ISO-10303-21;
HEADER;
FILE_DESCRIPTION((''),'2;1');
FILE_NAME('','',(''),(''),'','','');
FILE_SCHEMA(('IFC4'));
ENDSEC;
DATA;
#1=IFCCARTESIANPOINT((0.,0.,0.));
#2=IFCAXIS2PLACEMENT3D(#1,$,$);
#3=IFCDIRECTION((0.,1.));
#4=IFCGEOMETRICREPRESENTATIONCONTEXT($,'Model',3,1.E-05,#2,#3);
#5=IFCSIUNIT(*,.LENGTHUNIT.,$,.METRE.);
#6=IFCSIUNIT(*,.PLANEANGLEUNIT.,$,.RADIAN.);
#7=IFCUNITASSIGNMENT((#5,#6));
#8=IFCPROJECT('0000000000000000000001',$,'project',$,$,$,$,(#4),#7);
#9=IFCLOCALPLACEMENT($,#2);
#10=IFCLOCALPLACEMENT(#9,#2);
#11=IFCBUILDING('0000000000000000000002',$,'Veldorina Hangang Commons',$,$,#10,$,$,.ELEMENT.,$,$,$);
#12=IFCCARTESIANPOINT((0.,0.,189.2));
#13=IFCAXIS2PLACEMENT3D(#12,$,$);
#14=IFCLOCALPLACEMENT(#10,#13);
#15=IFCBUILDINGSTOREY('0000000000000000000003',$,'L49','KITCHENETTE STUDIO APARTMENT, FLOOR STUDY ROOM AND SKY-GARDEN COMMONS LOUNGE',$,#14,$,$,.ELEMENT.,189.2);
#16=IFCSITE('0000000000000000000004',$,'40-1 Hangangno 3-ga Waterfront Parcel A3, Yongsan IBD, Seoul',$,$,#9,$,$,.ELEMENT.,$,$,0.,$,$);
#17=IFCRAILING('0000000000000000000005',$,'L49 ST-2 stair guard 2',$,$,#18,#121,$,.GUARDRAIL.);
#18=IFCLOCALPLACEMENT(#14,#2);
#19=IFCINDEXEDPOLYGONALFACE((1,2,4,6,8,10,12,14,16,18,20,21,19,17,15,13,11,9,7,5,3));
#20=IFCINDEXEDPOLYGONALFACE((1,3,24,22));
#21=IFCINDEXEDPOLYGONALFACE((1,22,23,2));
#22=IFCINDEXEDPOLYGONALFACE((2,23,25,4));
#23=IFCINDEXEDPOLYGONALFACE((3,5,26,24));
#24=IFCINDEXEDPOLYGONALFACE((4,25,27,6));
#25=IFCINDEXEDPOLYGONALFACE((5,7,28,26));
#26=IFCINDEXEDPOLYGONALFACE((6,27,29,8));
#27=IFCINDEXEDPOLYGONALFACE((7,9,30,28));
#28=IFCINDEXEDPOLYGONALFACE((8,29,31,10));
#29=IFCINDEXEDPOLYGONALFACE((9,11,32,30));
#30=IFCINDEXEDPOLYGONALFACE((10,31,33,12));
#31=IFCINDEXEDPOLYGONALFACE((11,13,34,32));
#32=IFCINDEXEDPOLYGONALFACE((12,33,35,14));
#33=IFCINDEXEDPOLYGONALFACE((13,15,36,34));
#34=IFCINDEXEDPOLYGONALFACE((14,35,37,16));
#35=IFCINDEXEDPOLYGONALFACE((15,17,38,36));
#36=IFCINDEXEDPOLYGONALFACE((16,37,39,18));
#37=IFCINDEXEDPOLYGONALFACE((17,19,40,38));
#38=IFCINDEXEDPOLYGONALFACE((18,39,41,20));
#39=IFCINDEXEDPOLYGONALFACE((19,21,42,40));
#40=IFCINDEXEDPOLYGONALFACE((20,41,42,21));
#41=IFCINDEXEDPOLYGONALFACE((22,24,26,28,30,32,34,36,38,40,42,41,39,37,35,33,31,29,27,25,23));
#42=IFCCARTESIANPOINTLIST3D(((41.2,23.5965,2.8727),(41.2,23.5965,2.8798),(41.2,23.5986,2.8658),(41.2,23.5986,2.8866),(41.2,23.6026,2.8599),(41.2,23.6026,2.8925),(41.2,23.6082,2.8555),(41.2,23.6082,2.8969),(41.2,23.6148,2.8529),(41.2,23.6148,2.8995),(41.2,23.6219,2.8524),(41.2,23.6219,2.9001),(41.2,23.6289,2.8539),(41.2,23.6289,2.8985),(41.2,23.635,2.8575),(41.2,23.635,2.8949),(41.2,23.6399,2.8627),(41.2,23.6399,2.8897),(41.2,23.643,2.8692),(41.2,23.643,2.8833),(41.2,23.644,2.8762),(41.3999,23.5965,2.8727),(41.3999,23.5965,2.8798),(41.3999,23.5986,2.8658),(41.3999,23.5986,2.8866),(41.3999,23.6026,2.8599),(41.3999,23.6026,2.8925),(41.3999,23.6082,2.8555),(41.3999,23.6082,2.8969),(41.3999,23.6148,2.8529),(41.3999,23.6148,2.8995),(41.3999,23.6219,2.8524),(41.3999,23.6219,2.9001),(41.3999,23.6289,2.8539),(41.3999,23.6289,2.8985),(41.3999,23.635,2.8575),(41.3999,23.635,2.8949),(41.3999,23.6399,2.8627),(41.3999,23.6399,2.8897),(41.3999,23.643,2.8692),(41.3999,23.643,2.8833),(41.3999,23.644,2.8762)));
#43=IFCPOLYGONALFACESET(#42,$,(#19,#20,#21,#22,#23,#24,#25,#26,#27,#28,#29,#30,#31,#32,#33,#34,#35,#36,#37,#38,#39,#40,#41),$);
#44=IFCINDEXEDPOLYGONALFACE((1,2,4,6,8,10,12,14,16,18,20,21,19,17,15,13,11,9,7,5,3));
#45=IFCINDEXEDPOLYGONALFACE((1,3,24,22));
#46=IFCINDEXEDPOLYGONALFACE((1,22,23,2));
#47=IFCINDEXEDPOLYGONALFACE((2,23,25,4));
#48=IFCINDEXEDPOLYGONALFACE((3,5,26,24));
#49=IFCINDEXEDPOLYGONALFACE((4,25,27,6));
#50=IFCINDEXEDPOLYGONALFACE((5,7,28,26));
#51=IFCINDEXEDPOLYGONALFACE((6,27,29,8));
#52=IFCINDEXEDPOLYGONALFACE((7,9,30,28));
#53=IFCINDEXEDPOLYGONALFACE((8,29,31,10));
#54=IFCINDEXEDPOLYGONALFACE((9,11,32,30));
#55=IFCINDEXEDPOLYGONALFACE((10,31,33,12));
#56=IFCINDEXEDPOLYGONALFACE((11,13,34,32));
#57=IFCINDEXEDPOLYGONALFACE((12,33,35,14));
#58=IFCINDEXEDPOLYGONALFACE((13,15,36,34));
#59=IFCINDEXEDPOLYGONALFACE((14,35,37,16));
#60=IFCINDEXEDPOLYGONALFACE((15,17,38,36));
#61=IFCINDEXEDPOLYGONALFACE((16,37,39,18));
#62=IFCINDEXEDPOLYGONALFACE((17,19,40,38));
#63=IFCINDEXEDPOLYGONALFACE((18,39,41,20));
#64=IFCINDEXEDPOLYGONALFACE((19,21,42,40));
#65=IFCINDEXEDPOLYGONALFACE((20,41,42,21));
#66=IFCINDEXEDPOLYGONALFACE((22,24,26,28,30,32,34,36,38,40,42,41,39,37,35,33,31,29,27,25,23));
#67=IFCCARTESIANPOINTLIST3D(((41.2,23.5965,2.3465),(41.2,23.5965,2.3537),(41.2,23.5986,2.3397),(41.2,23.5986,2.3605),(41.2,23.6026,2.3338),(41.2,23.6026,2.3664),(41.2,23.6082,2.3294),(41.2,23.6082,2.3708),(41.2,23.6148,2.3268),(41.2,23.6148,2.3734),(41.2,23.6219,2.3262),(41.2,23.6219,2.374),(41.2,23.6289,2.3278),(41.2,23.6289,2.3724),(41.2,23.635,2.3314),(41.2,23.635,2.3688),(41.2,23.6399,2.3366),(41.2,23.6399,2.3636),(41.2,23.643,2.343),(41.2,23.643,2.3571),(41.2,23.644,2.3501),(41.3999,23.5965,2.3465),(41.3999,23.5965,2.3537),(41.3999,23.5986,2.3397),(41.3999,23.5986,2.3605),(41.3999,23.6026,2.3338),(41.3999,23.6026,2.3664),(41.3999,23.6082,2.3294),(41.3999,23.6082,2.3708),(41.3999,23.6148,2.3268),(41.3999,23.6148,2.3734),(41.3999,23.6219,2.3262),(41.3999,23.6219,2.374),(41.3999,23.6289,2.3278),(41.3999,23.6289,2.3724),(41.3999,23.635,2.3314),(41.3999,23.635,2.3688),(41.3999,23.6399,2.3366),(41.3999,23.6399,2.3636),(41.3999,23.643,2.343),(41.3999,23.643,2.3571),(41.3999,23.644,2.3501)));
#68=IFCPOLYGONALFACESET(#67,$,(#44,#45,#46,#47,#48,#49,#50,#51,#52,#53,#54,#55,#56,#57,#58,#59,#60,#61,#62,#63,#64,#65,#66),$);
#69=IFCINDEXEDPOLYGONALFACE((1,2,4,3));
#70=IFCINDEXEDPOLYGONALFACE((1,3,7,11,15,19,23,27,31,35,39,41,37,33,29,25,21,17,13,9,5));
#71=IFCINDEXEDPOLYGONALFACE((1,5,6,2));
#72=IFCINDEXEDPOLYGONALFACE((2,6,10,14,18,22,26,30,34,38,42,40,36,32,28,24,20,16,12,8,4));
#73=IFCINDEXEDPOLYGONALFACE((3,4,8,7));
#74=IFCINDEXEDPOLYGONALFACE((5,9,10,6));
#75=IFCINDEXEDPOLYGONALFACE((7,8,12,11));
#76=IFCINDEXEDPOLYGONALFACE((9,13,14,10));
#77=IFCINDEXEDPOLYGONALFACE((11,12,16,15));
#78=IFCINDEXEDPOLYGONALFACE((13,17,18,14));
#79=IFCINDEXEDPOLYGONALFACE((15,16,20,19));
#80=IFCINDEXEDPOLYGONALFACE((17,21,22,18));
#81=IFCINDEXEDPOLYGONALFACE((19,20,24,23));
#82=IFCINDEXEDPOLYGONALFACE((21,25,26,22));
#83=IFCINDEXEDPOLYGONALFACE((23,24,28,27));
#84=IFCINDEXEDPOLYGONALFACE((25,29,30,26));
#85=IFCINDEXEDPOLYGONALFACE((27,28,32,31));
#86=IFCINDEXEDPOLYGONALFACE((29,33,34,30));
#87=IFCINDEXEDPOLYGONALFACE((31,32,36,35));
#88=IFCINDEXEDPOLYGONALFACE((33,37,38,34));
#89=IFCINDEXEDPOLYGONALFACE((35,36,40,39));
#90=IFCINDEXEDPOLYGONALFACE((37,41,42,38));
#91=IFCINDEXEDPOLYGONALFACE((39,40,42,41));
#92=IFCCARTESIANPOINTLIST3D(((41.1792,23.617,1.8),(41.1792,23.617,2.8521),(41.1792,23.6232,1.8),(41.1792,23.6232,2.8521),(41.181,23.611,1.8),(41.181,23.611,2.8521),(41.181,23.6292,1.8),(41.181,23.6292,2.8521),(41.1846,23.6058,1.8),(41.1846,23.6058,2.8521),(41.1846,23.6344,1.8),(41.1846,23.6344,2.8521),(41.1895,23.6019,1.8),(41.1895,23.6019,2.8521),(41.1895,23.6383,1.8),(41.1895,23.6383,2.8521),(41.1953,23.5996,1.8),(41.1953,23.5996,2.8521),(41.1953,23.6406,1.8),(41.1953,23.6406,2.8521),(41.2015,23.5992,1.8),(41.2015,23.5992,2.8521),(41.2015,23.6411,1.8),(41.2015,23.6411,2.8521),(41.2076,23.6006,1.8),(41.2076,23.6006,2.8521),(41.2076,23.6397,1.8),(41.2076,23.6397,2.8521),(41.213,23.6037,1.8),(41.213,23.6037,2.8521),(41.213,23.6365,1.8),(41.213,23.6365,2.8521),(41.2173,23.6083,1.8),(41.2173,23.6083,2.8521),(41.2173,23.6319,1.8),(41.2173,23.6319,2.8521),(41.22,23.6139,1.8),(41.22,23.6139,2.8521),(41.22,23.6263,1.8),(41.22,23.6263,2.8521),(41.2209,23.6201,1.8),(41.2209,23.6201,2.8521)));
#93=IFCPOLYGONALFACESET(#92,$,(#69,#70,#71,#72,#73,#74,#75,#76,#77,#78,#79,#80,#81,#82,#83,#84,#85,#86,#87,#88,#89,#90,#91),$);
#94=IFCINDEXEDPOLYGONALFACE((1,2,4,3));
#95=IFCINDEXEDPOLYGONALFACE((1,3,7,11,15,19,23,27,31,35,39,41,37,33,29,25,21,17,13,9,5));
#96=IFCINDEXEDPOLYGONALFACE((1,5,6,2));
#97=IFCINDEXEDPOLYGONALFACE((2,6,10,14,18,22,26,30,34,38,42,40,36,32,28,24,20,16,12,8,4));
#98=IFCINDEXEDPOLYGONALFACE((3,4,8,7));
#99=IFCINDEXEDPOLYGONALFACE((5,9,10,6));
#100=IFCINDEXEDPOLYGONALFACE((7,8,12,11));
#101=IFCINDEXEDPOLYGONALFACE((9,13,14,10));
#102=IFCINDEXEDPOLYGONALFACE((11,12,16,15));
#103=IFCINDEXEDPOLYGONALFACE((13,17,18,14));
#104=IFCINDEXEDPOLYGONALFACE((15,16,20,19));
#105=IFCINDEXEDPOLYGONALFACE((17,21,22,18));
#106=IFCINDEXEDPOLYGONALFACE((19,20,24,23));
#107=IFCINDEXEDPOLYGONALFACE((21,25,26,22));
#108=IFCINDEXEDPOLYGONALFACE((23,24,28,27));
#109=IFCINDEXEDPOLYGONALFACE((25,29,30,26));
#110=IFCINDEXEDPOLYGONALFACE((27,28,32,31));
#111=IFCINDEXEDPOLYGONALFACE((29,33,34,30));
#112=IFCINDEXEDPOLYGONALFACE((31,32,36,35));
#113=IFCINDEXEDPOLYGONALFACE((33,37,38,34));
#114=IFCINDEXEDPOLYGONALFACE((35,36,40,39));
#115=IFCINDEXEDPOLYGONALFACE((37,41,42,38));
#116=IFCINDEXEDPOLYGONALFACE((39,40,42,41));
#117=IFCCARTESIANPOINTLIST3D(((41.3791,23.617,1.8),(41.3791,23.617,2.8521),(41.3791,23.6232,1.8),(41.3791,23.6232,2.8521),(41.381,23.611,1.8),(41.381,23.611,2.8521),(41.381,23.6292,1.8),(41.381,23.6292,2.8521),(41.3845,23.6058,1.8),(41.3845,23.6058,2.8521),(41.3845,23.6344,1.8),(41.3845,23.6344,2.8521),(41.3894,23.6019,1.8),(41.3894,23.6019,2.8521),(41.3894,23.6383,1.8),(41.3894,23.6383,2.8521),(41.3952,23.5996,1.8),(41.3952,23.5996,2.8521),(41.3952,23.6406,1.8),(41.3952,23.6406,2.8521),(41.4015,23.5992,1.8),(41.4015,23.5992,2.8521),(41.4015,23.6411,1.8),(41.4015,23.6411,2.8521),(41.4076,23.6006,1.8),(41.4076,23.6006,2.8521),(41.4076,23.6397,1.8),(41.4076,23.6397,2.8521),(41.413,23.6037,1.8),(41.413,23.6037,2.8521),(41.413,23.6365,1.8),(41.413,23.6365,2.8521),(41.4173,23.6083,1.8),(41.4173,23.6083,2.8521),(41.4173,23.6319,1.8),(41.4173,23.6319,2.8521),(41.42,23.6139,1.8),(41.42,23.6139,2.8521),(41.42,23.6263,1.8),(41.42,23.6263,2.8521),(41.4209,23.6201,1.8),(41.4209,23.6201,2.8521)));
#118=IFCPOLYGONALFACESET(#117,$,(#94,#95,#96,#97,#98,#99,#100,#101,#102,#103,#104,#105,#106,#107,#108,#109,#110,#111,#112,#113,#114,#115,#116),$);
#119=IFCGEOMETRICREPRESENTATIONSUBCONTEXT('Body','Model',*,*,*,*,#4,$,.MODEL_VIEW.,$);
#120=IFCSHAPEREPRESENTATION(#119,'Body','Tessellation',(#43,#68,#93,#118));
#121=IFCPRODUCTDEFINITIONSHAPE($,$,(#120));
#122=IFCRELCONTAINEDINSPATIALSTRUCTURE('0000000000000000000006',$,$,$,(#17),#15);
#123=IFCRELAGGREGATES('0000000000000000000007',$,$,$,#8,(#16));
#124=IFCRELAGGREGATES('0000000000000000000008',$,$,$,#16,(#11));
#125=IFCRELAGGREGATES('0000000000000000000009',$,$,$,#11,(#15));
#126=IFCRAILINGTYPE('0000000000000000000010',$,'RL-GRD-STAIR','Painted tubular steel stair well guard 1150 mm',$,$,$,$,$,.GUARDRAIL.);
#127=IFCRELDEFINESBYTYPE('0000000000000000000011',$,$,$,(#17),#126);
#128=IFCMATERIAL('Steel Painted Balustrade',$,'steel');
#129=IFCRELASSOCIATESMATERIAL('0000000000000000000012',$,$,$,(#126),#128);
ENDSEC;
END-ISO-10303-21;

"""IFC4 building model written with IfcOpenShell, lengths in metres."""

from ifc_helpers import new_model, si_unit, direction, frame, origin, origin_2d, place, context, subcontext, project, spatial, circle, extrude, material, type_object, element, save


model = new_model("IFC4")

# Units and contexts
model_context = context("Model", 3, precision=1e-05, world=origin(), true_north=direction((0.0, 1.0)))
body_context = subcontext(model_context, "Body", "Model", "MODEL_VIEW")
ifc_project = project(units=[si_unit("LENGTHUNIT", "METRE"), si_unit("PLANEANGLEUNIT", "RADIAN")], contexts=[model_context])

# Site, building, storey
site_placement = place(None, origin())
site = spatial("IfcSite", under=ifc_project, at=site_placement, Name="40-1 Hangangno 3-ga Waterfront Parcel A3, Yongsan IBD, Seoul", CompositionType="ELEMENT", RefElevation=0.0)
building_placement = place(site_placement, origin())
building = spatial("IfcBuilding", under=site, at=building_placement, Name="Veldorina Hangang Commons", CompositionType="ELEMENT")
storey_placement = place(building_placement, frame((0.0, 0.0, 189.2)))
storey = spatial("IfcBuildingStorey", under=building, at=storey_placement, Name="L49", Description="KITCHENETTE STUDIO APARTMENT, FLOOR STUDY ROOM AND SKY-GARDEN COMMONS LOUNGE", CompositionType="ELEMENT", Elevation=189.2)

# Railing
ifc_material_1 = material(Name="Steel Painted Balustrade", Category="steel")
railing_type = type_object("IfcRailingType", Name="RL-GRD-STAIR", Description="Painted tubular steel stair well guard 1150 mm", PredefinedType="GUARDRAIL", material=ifc_material_1)
railing_placement = place(storey_placement, frame((41.2, 23.6201, 1.8)))
element("IfcRailing", 1, at=railing_placement, inside=storey, type_object=railing_type, Name="L49 ST-2 stair guard 2", PredefinedType="GUARDRAIL", context=body_context, shape_type="SweptSolid", body=[
    extrude(circle(Radius=0.0239, at=origin_2d()), frame((0.0, 0.0, 1.0762), z_axis=(1.0, 0.0, 0.0), x_axis=(0.0, 1.0, 0.0)), (0.0, 0.0, 1.0), 0.2),
    extrude(circle(Radius=0.0239, at=origin_2d()), frame((0.0, 0.0, 0.55), z_axis=(1.0, 0.0, 0.0), x_axis=(0.0, 1.0, 0.0)), (0.0, 0.0, 1.0), 0.2),
    extrude(circle(Radius=0.021, at=origin_2d()), origin(), (0.0, 0.0, 1.0), 1.052),
    extrude(circle(Radius=0.021, at=origin_2d()), frame((0.2, 0.0, 0.0)), (0.0, 0.0, 1.0), 1.052),
])

save(model, "model.ifc")
